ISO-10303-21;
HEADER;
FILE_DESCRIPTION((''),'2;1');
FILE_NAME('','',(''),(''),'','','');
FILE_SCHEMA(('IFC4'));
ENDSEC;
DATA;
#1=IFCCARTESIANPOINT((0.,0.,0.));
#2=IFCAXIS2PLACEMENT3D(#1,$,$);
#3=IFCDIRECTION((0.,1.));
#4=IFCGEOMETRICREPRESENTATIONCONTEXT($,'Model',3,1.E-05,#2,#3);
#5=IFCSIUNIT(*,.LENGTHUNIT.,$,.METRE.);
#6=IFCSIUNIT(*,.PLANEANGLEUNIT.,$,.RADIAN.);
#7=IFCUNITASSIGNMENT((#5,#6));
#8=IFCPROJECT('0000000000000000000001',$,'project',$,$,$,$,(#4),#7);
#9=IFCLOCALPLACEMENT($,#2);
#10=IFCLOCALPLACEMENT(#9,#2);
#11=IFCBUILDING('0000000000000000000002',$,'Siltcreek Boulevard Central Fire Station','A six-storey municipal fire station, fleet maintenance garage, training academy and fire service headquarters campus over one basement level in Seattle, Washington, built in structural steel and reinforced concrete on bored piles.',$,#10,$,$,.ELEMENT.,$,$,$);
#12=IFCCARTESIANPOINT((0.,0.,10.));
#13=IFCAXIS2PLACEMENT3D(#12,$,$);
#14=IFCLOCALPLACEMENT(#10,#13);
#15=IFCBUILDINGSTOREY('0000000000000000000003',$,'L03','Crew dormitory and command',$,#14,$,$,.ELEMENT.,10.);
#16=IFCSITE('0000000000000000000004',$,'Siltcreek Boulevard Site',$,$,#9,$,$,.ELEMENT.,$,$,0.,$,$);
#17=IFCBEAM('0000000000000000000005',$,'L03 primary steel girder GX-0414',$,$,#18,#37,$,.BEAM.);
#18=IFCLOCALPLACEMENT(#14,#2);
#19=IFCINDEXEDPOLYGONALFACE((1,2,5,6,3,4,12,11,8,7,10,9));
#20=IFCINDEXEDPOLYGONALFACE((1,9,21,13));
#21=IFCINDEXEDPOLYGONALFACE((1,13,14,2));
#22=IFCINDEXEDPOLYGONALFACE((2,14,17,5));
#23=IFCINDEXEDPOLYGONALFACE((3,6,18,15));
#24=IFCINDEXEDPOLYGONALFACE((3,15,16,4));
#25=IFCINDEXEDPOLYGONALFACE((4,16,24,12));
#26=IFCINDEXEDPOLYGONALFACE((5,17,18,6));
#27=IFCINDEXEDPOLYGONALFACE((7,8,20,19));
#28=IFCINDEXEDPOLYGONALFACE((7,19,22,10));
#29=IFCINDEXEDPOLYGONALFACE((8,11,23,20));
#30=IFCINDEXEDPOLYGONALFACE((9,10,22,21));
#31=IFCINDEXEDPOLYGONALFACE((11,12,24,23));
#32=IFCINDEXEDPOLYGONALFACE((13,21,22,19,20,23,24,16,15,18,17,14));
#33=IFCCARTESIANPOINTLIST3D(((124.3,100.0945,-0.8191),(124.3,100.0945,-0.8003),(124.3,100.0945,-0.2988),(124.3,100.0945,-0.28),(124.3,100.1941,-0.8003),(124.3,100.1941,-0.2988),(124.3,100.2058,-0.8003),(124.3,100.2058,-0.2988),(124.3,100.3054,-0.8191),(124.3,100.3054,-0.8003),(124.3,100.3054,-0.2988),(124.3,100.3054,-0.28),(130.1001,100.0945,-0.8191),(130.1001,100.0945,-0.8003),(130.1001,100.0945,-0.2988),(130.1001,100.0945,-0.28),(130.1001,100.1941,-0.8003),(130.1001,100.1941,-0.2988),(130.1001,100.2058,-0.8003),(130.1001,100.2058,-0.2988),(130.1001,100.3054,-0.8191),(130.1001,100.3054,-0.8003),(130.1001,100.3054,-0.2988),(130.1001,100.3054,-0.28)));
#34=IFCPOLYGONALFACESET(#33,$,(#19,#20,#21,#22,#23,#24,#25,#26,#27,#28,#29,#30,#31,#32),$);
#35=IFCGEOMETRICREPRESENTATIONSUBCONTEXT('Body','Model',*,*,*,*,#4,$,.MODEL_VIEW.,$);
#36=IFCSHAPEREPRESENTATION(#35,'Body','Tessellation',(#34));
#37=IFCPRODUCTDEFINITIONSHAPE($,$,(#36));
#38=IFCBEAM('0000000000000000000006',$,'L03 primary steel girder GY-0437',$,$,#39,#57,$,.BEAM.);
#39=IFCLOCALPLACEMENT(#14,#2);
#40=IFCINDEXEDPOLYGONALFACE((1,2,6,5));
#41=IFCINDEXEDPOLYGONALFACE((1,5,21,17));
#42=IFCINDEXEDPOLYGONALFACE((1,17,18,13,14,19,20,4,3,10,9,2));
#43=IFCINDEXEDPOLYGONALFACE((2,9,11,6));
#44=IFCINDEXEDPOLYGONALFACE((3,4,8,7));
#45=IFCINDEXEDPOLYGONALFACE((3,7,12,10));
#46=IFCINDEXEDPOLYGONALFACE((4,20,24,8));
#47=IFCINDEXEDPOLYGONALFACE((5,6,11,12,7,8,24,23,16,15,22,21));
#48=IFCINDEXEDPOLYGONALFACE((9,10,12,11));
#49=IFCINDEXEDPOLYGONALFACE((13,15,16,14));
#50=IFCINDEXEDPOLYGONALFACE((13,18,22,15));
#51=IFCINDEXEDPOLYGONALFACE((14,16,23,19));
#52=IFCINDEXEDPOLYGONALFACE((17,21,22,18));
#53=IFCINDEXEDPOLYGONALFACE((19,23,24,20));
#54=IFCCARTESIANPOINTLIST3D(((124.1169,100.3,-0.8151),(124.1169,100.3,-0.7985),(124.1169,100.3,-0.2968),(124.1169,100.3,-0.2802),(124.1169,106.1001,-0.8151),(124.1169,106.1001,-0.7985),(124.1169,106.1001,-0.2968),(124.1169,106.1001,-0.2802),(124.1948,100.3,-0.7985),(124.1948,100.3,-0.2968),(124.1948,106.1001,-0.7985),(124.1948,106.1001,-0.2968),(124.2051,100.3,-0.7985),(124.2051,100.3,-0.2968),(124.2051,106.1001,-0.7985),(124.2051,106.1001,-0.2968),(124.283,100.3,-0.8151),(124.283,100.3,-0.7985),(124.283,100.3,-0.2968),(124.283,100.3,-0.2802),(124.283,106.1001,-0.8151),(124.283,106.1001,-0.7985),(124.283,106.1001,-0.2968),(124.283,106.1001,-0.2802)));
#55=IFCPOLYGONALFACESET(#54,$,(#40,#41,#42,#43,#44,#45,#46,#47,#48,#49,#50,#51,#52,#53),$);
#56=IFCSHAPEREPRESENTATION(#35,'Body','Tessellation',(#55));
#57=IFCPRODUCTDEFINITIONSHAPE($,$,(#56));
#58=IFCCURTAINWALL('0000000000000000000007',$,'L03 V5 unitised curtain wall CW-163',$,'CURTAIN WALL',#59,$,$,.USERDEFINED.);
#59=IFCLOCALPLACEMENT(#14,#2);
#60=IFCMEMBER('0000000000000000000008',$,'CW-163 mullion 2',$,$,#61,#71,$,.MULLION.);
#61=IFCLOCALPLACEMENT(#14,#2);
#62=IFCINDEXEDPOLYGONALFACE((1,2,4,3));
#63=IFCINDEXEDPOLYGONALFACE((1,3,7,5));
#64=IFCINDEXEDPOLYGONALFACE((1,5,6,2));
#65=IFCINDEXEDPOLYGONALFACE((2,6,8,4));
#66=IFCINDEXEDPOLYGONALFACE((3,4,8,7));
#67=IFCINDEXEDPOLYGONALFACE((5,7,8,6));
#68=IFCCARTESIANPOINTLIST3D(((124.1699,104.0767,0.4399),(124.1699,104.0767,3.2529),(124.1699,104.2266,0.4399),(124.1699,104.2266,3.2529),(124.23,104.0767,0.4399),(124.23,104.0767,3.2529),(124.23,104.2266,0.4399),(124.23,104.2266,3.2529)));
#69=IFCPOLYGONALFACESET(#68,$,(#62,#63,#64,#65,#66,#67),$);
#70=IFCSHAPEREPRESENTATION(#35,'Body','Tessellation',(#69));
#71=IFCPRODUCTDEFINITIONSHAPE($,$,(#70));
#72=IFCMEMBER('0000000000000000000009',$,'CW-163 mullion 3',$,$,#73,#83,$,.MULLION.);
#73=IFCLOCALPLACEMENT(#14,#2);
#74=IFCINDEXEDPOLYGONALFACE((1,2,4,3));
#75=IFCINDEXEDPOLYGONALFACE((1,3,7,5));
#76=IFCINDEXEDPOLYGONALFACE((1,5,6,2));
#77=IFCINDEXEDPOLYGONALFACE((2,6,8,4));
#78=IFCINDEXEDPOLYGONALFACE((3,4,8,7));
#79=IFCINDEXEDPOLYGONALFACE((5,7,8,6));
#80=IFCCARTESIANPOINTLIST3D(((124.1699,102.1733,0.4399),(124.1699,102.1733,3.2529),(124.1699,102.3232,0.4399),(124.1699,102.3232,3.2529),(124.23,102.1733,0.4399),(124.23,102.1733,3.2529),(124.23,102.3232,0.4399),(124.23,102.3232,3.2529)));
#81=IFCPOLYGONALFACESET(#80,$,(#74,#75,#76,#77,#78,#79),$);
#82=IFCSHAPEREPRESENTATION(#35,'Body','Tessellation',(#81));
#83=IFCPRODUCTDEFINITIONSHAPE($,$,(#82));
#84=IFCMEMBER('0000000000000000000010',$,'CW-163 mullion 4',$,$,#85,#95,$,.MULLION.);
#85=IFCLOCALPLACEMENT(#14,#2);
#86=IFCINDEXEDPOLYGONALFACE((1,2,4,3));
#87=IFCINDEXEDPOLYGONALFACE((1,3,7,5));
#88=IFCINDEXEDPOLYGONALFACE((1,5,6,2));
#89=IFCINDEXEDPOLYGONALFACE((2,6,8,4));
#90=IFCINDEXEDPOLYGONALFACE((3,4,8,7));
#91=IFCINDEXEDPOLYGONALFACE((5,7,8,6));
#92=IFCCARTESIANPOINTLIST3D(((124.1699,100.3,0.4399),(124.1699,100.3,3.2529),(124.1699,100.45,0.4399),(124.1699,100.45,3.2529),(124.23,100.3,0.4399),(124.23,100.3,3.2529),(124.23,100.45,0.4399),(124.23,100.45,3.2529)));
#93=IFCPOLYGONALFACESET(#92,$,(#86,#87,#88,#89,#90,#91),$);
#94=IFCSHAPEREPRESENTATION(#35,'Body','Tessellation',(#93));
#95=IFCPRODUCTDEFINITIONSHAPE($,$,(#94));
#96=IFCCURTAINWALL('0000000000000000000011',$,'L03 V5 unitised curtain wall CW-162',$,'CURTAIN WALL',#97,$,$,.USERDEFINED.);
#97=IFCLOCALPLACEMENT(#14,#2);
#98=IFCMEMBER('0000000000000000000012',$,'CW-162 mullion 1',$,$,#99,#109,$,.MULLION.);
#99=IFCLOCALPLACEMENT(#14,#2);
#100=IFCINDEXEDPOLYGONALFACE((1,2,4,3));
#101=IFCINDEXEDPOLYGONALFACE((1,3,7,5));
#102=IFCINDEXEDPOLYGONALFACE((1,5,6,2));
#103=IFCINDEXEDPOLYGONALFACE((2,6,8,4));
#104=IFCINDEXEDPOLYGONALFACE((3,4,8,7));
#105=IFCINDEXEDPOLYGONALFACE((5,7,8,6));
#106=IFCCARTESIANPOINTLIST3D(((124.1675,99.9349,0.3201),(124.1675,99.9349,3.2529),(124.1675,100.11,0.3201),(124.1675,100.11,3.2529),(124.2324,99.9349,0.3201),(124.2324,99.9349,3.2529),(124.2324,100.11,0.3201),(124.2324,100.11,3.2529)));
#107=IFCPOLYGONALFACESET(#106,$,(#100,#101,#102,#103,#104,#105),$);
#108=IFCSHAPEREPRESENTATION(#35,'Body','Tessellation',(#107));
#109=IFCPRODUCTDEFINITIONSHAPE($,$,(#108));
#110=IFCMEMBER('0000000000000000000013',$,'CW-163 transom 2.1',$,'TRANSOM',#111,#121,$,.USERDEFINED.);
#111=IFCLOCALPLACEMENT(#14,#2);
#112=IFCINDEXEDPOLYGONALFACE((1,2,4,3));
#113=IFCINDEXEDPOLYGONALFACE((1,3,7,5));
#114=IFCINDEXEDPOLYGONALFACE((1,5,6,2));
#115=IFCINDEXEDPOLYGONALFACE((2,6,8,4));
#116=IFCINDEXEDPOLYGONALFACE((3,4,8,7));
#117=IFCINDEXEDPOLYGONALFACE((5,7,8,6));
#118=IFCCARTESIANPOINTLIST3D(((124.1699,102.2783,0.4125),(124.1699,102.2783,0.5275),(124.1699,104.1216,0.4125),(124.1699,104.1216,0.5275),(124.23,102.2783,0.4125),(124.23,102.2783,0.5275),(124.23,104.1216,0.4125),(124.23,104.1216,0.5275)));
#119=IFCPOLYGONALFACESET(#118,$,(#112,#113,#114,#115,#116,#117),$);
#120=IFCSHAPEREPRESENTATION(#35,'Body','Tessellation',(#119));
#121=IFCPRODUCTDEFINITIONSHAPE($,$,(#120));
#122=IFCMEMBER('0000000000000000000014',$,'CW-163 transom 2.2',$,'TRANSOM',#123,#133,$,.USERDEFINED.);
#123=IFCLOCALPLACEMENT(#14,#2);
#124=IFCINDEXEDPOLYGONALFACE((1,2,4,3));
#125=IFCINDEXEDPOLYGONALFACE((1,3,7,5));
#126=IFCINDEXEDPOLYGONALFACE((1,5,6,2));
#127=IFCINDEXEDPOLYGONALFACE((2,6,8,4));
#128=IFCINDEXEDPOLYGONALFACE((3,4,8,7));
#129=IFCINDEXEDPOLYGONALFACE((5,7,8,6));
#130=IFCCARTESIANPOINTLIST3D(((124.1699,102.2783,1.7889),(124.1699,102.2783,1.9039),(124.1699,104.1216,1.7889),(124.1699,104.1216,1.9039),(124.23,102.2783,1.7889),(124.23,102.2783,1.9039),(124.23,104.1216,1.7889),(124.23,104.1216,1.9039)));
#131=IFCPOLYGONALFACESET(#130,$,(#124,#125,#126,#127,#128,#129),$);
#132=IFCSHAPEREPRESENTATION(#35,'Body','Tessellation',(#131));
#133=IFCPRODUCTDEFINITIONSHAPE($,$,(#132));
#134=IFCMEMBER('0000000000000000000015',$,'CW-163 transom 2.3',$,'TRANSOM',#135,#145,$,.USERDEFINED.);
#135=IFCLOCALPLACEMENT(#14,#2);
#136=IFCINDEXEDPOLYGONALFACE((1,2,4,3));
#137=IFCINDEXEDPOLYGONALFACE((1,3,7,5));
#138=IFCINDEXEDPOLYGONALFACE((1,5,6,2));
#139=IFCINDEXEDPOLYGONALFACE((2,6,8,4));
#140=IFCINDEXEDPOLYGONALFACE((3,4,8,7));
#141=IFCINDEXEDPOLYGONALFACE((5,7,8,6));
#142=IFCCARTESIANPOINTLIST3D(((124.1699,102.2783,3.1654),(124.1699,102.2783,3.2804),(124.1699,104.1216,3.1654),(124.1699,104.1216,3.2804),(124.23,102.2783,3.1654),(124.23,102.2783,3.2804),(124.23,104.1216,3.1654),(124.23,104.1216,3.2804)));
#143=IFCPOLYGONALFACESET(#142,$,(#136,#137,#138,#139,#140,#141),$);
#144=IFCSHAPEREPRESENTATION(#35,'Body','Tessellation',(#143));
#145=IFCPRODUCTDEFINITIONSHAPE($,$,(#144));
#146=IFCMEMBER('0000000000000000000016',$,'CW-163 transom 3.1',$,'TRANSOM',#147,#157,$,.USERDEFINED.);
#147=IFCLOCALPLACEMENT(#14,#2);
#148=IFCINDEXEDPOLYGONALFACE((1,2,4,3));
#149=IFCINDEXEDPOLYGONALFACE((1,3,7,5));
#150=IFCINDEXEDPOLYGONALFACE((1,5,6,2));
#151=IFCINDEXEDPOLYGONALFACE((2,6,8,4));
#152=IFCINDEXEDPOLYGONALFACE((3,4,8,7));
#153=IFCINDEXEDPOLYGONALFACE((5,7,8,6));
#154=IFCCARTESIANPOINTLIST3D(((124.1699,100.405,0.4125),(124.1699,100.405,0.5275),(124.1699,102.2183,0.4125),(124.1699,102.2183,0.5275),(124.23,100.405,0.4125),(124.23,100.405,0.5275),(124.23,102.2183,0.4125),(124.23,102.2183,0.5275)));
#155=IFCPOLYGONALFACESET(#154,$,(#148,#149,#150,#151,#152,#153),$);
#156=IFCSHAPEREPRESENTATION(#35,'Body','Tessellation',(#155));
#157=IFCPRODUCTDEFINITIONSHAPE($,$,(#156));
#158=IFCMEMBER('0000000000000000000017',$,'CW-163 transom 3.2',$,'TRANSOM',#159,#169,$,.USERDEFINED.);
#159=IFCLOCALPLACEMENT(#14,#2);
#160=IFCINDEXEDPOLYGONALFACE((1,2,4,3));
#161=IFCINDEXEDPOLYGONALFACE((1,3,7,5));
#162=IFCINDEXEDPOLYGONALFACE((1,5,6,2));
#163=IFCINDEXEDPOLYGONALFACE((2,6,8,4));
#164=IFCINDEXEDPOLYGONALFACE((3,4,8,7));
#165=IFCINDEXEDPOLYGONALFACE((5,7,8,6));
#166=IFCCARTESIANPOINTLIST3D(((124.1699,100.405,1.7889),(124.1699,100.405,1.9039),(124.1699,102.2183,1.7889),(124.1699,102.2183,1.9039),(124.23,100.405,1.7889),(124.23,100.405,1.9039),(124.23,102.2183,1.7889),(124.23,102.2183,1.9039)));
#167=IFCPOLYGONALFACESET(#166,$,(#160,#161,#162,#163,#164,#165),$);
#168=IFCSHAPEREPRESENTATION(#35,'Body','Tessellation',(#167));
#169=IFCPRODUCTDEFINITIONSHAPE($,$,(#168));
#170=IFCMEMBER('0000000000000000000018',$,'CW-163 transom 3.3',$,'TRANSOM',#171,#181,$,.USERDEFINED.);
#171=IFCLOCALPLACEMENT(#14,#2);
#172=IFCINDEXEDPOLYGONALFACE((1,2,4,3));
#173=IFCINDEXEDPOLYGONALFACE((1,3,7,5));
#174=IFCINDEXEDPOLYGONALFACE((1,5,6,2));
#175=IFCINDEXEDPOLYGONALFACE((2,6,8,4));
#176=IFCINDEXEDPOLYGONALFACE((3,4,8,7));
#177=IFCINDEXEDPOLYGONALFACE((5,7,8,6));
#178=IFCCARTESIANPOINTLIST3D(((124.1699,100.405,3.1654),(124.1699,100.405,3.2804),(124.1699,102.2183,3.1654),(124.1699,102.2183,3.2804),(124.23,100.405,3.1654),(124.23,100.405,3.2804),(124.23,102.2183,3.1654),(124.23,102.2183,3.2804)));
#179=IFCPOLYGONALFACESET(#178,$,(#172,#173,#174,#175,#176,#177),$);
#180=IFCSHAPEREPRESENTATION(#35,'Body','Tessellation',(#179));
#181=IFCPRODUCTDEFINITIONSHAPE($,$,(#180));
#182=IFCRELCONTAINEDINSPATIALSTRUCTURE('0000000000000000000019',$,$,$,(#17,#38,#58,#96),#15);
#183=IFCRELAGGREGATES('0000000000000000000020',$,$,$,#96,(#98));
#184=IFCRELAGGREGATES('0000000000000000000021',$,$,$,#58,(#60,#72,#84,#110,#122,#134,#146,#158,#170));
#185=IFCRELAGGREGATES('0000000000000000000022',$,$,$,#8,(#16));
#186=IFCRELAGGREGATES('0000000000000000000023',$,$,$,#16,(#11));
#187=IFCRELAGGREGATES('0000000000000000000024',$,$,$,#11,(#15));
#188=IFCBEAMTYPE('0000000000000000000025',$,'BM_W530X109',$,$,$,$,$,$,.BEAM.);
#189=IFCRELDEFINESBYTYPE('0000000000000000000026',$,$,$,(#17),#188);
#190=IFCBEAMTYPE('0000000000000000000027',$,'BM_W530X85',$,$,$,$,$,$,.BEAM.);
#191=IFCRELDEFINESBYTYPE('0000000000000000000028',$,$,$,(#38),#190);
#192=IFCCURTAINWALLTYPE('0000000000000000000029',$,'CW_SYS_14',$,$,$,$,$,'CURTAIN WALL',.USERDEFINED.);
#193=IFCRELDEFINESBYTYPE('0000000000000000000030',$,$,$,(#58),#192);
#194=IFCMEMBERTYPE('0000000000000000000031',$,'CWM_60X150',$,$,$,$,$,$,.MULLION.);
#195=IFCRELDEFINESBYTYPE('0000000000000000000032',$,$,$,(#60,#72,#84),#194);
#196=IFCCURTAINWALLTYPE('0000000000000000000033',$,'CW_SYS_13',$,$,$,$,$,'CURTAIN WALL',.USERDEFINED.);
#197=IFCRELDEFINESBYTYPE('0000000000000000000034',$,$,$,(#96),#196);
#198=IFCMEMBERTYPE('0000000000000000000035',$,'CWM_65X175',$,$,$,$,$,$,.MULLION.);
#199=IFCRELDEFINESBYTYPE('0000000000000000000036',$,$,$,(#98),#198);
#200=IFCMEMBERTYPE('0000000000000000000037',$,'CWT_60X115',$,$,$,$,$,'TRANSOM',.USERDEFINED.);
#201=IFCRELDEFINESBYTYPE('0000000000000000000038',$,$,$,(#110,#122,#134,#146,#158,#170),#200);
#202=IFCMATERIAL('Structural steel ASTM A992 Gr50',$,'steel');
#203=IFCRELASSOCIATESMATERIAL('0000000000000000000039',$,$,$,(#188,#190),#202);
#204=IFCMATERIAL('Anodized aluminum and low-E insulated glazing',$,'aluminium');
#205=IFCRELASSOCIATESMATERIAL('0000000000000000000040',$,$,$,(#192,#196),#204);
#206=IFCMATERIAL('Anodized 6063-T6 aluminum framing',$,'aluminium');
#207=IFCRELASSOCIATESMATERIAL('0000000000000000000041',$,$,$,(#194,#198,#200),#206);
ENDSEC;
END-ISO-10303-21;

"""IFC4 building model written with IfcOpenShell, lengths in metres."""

from ifc_helpers import new_model, si_unit, direction, frame, origin, origin_2d, place, context, subcontext, project, spatial, rectangle, i_section, extrude, material, material_profile, profile_set, type_object, element, aggregate, save


model = new_model("IFC4")

# Units and contexts
model_context = context("Model", 3, precision=1e-05, world=origin(), true_north=direction((0.0, 1.0)))
body_context = subcontext(model_context, "Body", "Model", "MODEL_VIEW")
ifc_project = project(units=[si_unit("LENGTHUNIT", "METRE"), si_unit("PLANEANGLEUNIT", "RADIAN")], contexts=[model_context])

# Site, building, storey
site_placement = place(None, origin())
site = spatial("IfcSite", under=ifc_project, at=site_placement, Name="Siltcreek Boulevard Site", CompositionType="ELEMENT", RefElevation=0.0)
building_placement = place(site_placement, origin())
building = spatial("IfcBuilding", under=site, at=building_placement, Name="Siltcreek Boulevard Central Fire Station", Description="A six-storey municipal fire station, fleet maintenance garage, training academy and fire service headquarters campus over one basement level in Seattle, Washington, built in structural steel and reinforced concrete on bored piles.", CompositionType="ELEMENT")
storey_placement = place(building_placement, frame((0.0, 0.0, 10.0)))
storey = spatial("IfcBuildingStorey", under=building, at=storey_placement, Name="L03", Description="Crew dormitory and command", CompositionType="ELEMENT", Elevation=10.0)

# Beams
ifc_material_1 = material(Name="Structural steel ASTM A992 Gr50", Category="steel")
ifc_material_profile_1 = material_profile(ifc_material_1, i_section(OverallWidth=0.2109, OverallDepth=0.5391, WebThickness=0.0117, FlangeThickness=0.0188, at=origin_2d()), Name="W530X109")
ifc_profile_set_1 = profile_set([ifc_material_profile_1], Name="Structural steel ASTM A992 Gr50")
beam_type_1 = type_object("IfcBeamType", Name="BM_W530X109", PredefinedType="BEAM", material=ifc_profile_set_1)
beam_1_placement = place(storey_placement, frame((124.3, 100.2, -0.5496), z_axis=(1.0, 0.0, 0.0), x_axis=(0.0, 1.0, 0.0)))
element("IfcBeam", 1, at=beam_1_placement, inside=storey, type_object=beam_type_1, Name="L03 primary steel girder GX-0414", PredefinedType="BEAM", context=body_context, shape_type="SweptSolid", body=[
    extrude(i_section(OverallWidth=0.2109, OverallDepth=0.5391, WebThickness=0.0117, FlangeThickness=0.0188, at=origin_2d()), origin(), (0.0, 0.0, 1.0), 5.8),
])
ifc_material_profile_2 = material_profile(ifc_material_1, i_section(OverallWidth=0.166, OverallDepth=0.5349, WebThickness=0.0103, FlangeThickness=0.0166, at=origin_2d()), Name="W530X85")
ifc_profile_set_2 = profile_set([ifc_material_profile_2], Name="Structural steel ASTM A992 Gr50")
beam_type_2 = type_object("IfcBeamType", Name="BM_W530X85", PredefinedType="BEAM", material=ifc_profile_set_2)
beam_2_placement = place(storey_placement, frame((124.2, 100.3, -0.5476), z_axis=(0.0, 1.0, 0.0), x_axis=(-1.0, 0.0, 0.0)))
element("IfcBeam", 2, at=beam_2_placement, inside=storey, type_object=beam_type_2, Name="L03 primary steel girder GY-0437", PredefinedType="BEAM", context=body_context, shape_type="SweptSolid", body=[
    extrude(i_section(OverallWidth=0.166, OverallDepth=0.5349, WebThickness=0.0103, FlangeThickness=0.0166, at=origin_2d()), origin(), (0.0, 0.0, 1.0), 5.8),
])

# Curtain wall, members
ifc_material_2 = material(Name="Anodized aluminum and low-E insulated glazing", Category="aluminium")
curtain_wall_type_1 = type_object("IfcCurtainWallType", Name="CW_SYS_14", ElementType="CURTAIN WALL", PredefinedType="USERDEFINED", material=ifc_material_2)
curtain_wall_1_placement = place(storey_placement, origin())
curtain_wall_1 = element("IfcCurtainWall", 3, at=curtain_wall_1_placement, inside=storey, type_object=curtain_wall_type_1, Name="L03 V5 unitised curtain wall CW-163", ObjectType="CURTAIN WALL", PredefinedType="USERDEFINED")
ifc_material_3 = material(Name="Anodized 6063-T6 aluminum framing", Category="aluminium")
ifc_material_profile_3 = material_profile(ifc_material_3, rectangle(XDim=0.0601, YDim=0.1499, at=origin_2d()), Name="MULL60X150")
ifc_profile_set_3 = profile_set([ifc_material_profile_3], Name="Anodized 6063-T6 aluminum framing")
member_type_1 = type_object("IfcMemberType", Name="CWM_60X150", PredefinedType="MULLION", material=ifc_profile_set_3)
member_1_placement = place(storey_placement, frame((124.2, 104.1516, 0.4399), z_axis=(0.0, 0.0, 1.0), x_axis=(1.0, 0.0, 0.0)))
member_1 = element("IfcMember", 4, at=member_1_placement, type_object=member_type_1, Name="CW-163 mullion 2", PredefinedType="MULLION", context=body_context, shape_type="SweptSolid", body=[
    extrude(rectangle(XDim=0.0601, YDim=0.1499, at=origin_2d()), origin(), (0.0, 0.0, 1.0), 2.813),
])
member_2_placement = place(storey_placement, frame((124.2, 102.2483, 0.4399), z_axis=(0.0, 0.0, 1.0), x_axis=(1.0, 0.0, 0.0)))
member_2 = element("IfcMember", 5, at=member_2_placement, type_object=member_type_1, Name="CW-163 mullion 3", PredefinedType="MULLION", context=body_context, shape_type="SweptSolid", body=[
    extrude(rectangle(XDim=0.0601, YDim=0.1499, at=origin_2d()), origin(), (0.0, 0.0, 1.0), 2.813),
])
member_3_placement = place(storey_placement, frame((124.2, 100.375, 0.4399), z_axis=(0.0, 0.0, 1.0), x_axis=(1.0, 0.0, 0.0)))
member_3 = element("IfcMember", 6, at=member_3_placement, type_object=member_type_1, Name="CW-163 mullion 4", PredefinedType="MULLION", context=body_context, shape_type="SweptSolid", body=[
    extrude(rectangle(XDim=0.0601, YDim=0.1499, at=origin_2d()), origin(), (0.0, 0.0, 1.0), 2.813),
])

# Curtain wall, member
curtain_wall_type_2 = type_object("IfcCurtainWallType", Name="CW_SYS_13", ElementType="CURTAIN WALL", PredefinedType="USERDEFINED", material=ifc_material_2)
curtain_wall_2_placement = place(storey_placement, origin())
curtain_wall_2 = element("IfcCurtainWall", 7, at=curtain_wall_2_placement, inside=storey, type_object=curtain_wall_type_2, Name="L03 V5 unitised curtain wall CW-162", ObjectType="CURTAIN WALL", PredefinedType="USERDEFINED")
ifc_material_profile_4 = material_profile(ifc_material_3, rectangle(XDim=0.0649, YDim=0.175, at=origin_2d()), Name="MULL65X175")
ifc_profile_set_4 = profile_set([ifc_material_profile_4], Name="Anodized 6063-T6 aluminum framing")
member_type_2 = type_object("IfcMemberType", Name="CWM_65X175", PredefinedType="MULLION", material=ifc_profile_set_4)
member_4_placement = place(storey_placement, frame((124.2, 100.0225, 0.3201), z_axis=(0.0, 0.0, 1.0), x_axis=(1.0, 0.0, 0.0)))
member_4 = element("IfcMember", 8, at=member_4_placement, type_object=member_type_2, Name="CW-162 mullion 1", PredefinedType="MULLION", context=body_context, shape_type="SweptSolid", body=[
    extrude(rectangle(XDim=0.0649, YDim=0.175, at=origin_2d()), origin(), (0.0, 0.0, 1.0), 2.9329),
])

# Members
ifc_material_profile_5 = material_profile(ifc_material_3, rectangle(XDim=0.0601, YDim=0.115, at=origin_2d()), Name="TRAN60X115")
ifc_profile_set_5 = profile_set([ifc_material_profile_5], Name="Anodized 6063-T6 aluminum framing")
member_type_3 = type_object("IfcMemberType", Name="CWT_60X115", ElementType="TRANSOM", PredefinedType="USERDEFINED", material=ifc_profile_set_5)
member_5_placement = place(storey_placement, frame((124.2, 104.1216, 0.47), z_axis=(0.0, -1.0, 0.0), x_axis=(1.0, 0.0, 0.0)))
member_5 = element("IfcMember", 9, at=member_5_placement, type_object=member_type_3, Name="CW-163 transom 2.1", ObjectType="TRANSOM", PredefinedType="USERDEFINED", context=body_context, shape_type="SweptSolid", body=[
    extrude(rectangle(XDim=0.0601, YDim=0.115, at=origin_2d()), origin(), (0.0, 0.0, 1.0), 1.8433),
])
member_6_placement = place(storey_placement, frame((124.2, 104.1216, 1.8464), z_axis=(0.0, -1.0, 0.0), x_axis=(1.0, 0.0, 0.0)))
member_6 = element("IfcMember", 10, at=member_6_placement, type_object=member_type_3, Name="CW-163 transom 2.2", ObjectType="TRANSOM", PredefinedType="USERDEFINED", context=body_context, shape_type="SweptSolid", body=[
    extrude(rectangle(XDim=0.0601, YDim=0.115, at=origin_2d()), origin(), (0.0, 0.0, 1.0), 1.8433),
])
member_7_placement = place(storey_placement, frame((124.2, 104.1216, 3.2229), z_axis=(0.0, -1.0, 0.0), x_axis=(1.0, 0.0, 0.0)))
member_7 = element("IfcMember", 11, at=member_7_placement, type_object=member_type_3, Name="CW-163 transom 2.3", ObjectType="TRANSOM", PredefinedType="USERDEFINED", context=body_context, shape_type="SweptSolid", body=[
    extrude(rectangle(XDim=0.0601, YDim=0.115, at=origin_2d()), origin(), (0.0, 0.0, 1.0), 1.8433),
])
member_8_placement = place(storey_placement, frame((124.2, 102.2183, 0.47), z_axis=(0.0, -1.0, 0.0), x_axis=(1.0, 0.0, 0.0)))
member_8 = element("IfcMember", 12, at=member_8_placement, type_object=member_type_3, Name="CW-163 transom 3.1", ObjectType="TRANSOM", PredefinedType="USERDEFINED", context=body_context, shape_type="SweptSolid", body=[
    extrude(rectangle(XDim=0.0601, YDim=0.115, at=origin_2d()), origin(), (0.0, 0.0, 1.0), 1.8132),
])
member_9_placement = place(storey_placement, frame((124.2, 102.2183, 1.8464), z_axis=(0.0, -1.0, 0.0), x_axis=(1.0, 0.0, 0.0)))
member_9 = element("IfcMember", 13, at=member_9_placement, type_object=member_type_3, Name="CW-163 transom 3.2", ObjectType="TRANSOM", PredefinedType="USERDEFINED", context=body_context, shape_type="SweptSolid", body=[
    extrude(rectangle(XDim=0.0601, YDim=0.115, at=origin_2d()), origin(), (0.0, 0.0, 1.0), 1.8132),
])
member_10_placement = place(storey_placement, frame((124.2, 102.2183, 3.2229), z_axis=(0.0, -1.0, 0.0), x_axis=(1.0, 0.0, 0.0)))
member_10 = element("IfcMember", 14, at=member_10_placement, type_object=member_type_3, Name="CW-163 transom 3.3", ObjectType="TRANSOM", PredefinedType="USERDEFINED", context=body_context, shape_type="SweptSolid", body=[
    extrude(rectangle(XDim=0.0601, YDim=0.115, at=origin_2d()), origin(), (0.0, 0.0, 1.0), 1.8132),
])

aggregate(curtain_wall_2, [member_4])
aggregate(curtain_wall_1, [member_1, member_2, member_3, member_5, member_6, member_7, member_8, member_9, member_10])

save(model, "model.ifc")
